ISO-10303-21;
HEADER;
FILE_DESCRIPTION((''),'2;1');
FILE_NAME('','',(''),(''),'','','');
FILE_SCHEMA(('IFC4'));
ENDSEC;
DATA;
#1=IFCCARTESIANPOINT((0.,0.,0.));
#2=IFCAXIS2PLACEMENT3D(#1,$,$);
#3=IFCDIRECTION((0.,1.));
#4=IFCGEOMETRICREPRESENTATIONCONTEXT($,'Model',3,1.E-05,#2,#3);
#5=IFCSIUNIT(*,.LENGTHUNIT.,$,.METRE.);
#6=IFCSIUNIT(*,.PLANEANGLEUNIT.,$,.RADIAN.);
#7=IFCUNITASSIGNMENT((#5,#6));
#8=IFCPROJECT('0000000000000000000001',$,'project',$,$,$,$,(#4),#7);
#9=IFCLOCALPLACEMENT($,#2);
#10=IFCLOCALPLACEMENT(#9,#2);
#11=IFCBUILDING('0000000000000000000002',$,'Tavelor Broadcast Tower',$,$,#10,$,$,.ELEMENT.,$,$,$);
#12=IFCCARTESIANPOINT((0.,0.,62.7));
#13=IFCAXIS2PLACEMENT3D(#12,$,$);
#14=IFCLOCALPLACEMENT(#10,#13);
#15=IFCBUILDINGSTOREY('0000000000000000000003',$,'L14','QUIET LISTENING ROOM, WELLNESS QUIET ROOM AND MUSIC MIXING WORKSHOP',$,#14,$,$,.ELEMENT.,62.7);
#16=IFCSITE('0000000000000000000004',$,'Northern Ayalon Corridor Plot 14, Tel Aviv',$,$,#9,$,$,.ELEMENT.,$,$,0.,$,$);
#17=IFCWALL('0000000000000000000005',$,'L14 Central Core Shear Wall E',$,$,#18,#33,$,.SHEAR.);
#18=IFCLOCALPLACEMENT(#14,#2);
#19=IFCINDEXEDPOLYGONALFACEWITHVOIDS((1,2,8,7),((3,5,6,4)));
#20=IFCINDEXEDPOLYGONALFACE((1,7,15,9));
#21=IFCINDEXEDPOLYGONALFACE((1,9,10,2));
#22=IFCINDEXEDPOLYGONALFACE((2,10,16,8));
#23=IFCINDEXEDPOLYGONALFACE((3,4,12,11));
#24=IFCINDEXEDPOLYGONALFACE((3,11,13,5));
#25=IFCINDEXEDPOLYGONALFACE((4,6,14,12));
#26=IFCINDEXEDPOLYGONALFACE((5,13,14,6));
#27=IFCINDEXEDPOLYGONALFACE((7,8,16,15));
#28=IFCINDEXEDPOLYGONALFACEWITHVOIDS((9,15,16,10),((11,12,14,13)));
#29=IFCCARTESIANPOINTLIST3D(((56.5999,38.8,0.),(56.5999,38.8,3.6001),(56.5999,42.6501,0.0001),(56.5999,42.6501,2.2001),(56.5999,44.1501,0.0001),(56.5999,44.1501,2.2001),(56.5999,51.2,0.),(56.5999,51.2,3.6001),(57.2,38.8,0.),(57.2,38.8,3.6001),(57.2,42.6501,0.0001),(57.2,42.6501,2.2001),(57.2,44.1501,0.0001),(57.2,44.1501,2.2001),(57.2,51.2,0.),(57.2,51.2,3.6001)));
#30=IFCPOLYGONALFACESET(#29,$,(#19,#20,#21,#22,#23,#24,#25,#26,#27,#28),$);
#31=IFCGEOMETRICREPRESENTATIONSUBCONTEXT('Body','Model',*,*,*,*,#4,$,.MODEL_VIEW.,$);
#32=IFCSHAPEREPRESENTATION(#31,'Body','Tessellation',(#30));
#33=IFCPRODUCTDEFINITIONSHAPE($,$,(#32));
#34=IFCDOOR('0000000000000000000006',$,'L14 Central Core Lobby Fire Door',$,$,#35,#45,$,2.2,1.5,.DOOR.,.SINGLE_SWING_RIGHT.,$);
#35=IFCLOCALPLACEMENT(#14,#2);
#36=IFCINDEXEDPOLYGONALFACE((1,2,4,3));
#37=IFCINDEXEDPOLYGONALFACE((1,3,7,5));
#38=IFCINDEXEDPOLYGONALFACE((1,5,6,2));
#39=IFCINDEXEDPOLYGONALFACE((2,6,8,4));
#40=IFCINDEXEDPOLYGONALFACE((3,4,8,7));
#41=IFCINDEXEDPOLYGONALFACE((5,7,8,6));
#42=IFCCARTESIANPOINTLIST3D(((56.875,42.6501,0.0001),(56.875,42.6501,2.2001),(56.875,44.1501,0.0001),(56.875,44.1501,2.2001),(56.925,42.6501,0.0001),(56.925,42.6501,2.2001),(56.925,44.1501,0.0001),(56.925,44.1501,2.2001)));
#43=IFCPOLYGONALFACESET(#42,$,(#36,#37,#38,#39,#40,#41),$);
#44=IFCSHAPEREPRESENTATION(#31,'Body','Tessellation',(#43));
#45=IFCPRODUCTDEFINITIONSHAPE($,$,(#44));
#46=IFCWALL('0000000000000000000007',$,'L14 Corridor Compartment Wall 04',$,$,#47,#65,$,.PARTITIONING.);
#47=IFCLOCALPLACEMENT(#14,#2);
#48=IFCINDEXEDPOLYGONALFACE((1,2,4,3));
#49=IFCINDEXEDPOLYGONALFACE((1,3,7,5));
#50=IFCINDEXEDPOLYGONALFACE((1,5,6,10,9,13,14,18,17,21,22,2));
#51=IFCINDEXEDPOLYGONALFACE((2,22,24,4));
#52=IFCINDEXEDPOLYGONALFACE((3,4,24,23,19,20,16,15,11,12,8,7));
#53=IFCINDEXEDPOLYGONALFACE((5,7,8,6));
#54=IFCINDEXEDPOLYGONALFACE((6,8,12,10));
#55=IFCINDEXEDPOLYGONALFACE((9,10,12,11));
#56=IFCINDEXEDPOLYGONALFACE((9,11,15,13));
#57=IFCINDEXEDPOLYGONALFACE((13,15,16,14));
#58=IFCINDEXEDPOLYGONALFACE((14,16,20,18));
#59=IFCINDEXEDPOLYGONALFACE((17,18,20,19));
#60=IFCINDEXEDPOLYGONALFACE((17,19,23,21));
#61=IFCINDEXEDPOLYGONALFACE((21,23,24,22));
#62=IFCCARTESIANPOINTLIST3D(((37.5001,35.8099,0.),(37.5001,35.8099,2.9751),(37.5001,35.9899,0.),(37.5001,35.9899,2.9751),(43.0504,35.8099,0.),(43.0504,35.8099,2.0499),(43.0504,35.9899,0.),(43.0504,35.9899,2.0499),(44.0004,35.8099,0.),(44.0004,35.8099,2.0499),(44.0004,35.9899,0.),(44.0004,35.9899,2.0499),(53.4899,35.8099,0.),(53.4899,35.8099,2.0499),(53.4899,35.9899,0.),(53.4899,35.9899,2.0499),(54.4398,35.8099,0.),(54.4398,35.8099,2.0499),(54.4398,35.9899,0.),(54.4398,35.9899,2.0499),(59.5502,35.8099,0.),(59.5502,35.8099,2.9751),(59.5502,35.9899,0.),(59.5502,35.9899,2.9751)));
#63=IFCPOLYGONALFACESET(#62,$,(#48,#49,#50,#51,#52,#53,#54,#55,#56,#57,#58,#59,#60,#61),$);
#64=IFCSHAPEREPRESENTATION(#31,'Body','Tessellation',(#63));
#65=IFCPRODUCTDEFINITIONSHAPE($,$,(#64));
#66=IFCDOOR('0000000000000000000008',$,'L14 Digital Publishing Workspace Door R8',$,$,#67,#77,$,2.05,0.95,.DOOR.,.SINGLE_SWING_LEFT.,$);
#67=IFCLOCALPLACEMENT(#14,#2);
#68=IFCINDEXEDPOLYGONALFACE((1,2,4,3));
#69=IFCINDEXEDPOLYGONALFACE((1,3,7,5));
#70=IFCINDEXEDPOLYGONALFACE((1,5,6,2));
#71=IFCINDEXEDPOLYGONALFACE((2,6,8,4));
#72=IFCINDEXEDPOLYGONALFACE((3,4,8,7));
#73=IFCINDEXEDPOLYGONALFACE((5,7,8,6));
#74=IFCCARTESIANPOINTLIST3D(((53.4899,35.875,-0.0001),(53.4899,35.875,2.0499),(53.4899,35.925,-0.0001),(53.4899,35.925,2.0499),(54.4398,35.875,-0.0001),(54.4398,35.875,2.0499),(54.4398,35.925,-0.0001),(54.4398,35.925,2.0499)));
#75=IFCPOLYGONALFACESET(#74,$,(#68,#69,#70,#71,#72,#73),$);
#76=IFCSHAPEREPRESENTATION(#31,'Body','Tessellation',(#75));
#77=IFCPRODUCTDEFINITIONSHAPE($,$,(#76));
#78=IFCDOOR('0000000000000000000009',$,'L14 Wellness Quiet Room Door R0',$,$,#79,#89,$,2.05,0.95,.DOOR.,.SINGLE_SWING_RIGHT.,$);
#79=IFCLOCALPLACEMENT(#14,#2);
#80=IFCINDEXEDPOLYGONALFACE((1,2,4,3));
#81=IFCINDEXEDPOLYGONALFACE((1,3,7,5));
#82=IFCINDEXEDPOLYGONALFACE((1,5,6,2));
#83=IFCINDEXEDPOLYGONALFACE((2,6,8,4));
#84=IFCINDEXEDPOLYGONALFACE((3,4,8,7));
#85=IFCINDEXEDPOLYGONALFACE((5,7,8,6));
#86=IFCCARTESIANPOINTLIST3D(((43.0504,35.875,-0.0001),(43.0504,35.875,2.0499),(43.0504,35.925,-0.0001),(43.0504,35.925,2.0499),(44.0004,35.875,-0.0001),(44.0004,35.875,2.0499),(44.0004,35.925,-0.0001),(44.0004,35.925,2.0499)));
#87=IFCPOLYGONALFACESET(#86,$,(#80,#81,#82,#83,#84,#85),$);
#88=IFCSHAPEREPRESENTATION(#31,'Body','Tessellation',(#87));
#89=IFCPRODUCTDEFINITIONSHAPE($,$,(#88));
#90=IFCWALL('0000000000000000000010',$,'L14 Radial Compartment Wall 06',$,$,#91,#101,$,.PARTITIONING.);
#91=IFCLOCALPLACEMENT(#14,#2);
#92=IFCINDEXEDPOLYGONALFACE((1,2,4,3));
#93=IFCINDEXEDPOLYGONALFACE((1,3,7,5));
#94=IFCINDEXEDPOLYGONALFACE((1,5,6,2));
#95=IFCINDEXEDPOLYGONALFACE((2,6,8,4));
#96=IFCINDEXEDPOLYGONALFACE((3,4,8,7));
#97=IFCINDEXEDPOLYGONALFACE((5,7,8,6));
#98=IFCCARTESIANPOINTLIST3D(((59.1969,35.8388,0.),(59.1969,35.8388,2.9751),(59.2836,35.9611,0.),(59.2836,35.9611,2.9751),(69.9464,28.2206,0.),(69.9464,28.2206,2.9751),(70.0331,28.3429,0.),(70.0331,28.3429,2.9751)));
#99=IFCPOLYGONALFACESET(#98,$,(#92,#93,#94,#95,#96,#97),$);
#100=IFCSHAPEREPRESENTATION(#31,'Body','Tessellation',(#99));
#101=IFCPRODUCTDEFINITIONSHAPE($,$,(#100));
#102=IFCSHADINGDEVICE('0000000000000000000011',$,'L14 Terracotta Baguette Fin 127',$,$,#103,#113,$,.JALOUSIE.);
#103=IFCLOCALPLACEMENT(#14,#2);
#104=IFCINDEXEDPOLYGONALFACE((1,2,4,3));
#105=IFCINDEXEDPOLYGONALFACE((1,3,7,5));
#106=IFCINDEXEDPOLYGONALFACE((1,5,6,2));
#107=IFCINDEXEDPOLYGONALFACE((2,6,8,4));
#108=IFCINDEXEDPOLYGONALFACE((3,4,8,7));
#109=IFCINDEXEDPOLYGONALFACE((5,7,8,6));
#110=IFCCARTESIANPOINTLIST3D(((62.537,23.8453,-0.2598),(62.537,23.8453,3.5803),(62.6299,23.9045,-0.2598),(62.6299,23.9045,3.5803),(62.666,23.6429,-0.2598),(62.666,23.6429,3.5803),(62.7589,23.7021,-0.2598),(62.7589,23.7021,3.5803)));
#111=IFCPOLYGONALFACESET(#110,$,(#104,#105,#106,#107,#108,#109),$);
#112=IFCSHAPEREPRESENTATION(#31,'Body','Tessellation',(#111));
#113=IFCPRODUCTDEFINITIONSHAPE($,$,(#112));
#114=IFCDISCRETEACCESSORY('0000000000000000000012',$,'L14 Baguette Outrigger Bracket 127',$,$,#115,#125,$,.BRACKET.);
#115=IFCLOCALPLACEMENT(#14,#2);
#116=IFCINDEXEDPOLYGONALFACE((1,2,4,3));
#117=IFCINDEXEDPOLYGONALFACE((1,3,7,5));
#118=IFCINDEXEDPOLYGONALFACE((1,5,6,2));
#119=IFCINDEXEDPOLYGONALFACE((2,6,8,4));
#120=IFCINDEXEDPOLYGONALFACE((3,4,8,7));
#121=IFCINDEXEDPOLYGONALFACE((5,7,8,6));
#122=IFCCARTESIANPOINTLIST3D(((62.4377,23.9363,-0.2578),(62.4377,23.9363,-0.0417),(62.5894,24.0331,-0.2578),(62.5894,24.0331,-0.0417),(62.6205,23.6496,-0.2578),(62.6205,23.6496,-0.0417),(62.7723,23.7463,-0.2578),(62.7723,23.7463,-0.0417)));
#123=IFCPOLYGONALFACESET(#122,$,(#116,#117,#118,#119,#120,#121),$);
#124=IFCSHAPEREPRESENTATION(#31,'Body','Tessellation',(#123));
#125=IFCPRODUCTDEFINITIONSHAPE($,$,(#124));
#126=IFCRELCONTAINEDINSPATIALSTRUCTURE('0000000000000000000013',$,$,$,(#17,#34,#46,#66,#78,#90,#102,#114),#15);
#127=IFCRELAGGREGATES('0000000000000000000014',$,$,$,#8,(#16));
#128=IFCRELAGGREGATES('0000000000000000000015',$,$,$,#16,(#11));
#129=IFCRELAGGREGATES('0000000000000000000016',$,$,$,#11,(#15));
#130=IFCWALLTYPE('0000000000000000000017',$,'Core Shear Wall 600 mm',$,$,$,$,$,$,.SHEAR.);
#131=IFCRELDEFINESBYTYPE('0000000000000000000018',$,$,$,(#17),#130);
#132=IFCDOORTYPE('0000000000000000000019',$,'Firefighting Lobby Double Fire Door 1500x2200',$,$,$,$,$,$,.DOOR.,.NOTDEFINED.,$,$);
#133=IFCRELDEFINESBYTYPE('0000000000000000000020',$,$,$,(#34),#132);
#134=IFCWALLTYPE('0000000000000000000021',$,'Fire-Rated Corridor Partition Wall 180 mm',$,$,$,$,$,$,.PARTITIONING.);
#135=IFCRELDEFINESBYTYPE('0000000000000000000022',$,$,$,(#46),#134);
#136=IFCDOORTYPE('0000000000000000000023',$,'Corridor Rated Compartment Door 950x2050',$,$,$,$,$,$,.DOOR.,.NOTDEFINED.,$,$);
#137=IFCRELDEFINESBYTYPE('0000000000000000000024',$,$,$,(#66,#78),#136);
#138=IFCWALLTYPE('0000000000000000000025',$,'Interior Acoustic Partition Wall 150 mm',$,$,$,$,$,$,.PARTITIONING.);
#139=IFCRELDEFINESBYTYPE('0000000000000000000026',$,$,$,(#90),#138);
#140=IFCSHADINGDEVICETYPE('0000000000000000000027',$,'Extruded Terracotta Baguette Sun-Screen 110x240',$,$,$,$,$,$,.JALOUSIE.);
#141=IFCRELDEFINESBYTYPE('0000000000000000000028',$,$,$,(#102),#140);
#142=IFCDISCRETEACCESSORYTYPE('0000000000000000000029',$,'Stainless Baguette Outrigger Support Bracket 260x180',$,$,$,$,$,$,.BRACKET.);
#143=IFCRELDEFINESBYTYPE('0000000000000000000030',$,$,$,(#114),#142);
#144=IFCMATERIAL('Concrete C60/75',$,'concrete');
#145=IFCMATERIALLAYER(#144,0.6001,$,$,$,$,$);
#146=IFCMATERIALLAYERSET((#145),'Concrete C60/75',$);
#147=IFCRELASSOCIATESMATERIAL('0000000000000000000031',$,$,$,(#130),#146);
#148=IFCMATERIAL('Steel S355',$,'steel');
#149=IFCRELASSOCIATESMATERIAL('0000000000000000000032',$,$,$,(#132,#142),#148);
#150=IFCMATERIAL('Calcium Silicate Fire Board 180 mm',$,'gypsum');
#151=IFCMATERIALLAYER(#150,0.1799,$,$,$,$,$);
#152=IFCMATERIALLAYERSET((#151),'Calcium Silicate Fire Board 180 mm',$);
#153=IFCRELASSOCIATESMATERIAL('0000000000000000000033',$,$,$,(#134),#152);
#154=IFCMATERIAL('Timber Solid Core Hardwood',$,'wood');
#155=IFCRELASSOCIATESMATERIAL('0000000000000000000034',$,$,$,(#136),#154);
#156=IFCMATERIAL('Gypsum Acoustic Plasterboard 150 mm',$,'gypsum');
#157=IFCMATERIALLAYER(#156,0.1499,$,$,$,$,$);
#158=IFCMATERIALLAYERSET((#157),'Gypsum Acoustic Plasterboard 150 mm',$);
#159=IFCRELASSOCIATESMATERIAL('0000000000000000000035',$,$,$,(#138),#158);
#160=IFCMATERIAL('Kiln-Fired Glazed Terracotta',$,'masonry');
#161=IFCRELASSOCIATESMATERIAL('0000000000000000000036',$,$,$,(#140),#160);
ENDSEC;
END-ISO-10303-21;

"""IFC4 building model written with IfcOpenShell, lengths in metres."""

from ifc_helpers import new_model, si_unit, direction, frame, frame_2d, origin, origin_2d, place, context, subcontext, project, spatial, rectangle, extrude, source, transform, mapped, material, layer, layer_set, type_object, type_shapes, element, fill, save


model = new_model("IFC4")

# Units and contexts
model_context = context("Model", 3, precision=1e-05, world=origin(), true_north=direction((0.0, 1.0)))
body_context = subcontext(model_context, "Body", "Model", "MODEL_VIEW")
ifc_project = project(units=[si_unit("LENGTHUNIT", "METRE"), si_unit("PLANEANGLEUNIT", "RADIAN")], contexts=[model_context])

# Site, building, storey
site_placement = place(None, origin())
site = spatial("IfcSite", under=ifc_project, at=site_placement, Name="Northern Ayalon Corridor Plot 14, Tel Aviv", CompositionType="ELEMENT", RefElevation=0.0)
building_placement = place(site_placement, origin())
building = spatial("IfcBuilding", under=site, at=building_placement, Name="Tavelor Broadcast Tower", CompositionType="ELEMENT")
storey_placement = place(building_placement, frame((0.0, 0.0, 62.7)))
storey = spatial("IfcBuildingStorey", under=building, at=storey_placement, Name="L14", Description="QUIET LISTENING ROOM, WELLNESS QUIET ROOM AND MUSIC MIXING WORKSHOP", CompositionType="ELEMENT", Elevation=62.7)

# Shared definitions
ifc_material_1 = material(Name="Concrete C60/75", Category="concrete")

# Shared definitions
ifc_material_2 = material(Name="Steel S355", Category="steel")

# Wall, opening, door
ifc_layer_1 = layer(ifc_material_1, 0.6001)
ifc_layer_set_1 = layer_set([ifc_layer_1], Name="Concrete C60/75")
wall_type_1 = type_object("IfcWallType", Name="Core Shear Wall 600 mm", PredefinedType="SHEAR", material=ifc_layer_set_1)
wall_1_placement = place(storey_placement, frame((56.8999, 38.8, 0.0), z_axis=(0.0, 0.0, 1.0), x_axis=(0.0, 1.0, 0.0)))
wall_1 = element("IfcWall", 1, at=wall_1_placement, inside=storey, type_object=wall_type_1, Name="L14 Central Core Shear Wall E", PredefinedType="SHEAR", context=body_context, shape_type="SweptSolid", body=[
    extrude(rectangle(XDim=12.3999, YDim=0.6001, at=frame_2d((6.2, 0.0))), origin(), (0.0, 0.0, 1.0), 3.6001),
])
opening_1_placement = place(wall_1_placement, frame((3.8501, 0.0, 0.0)))
opening_1 = element("IfcOpeningElement", 2, at=opening_1_placement, cuts=wall_1, PredefinedType="OPENING", context=body_context, shape_type="SweptSolid", body=[
    extrude(rectangle(XDim=1.5, YDim=2.2, at=frame_2d((0.75, 1.1001))), frame((0.0, 0.3101, 0.0), z_axis=(0.0, -1.0, 0.0), x_axis=(1.0, 0.0, 0.0)), (0.0, 0.0, 1.0), 0.6201),
])
door_type_1 = type_object("IfcDoorType", Name="Firefighting Lobby Double Fire Door 1500x2200", OperationType="NOTDEFINED", PredefinedType="DOOR", material=ifc_material_2)
door_1_placement = place(opening_1_placement, origin())
door_1 = element("IfcDoor", 3, at=door_1_placement, inside=storey, type_object=door_type_1, Name="L14 Central Core Lobby Fire Door", OperationType="SINGLE_SWING_RIGHT", OverallHeight=2.2, OverallWidth=1.5, PredefinedType="DOOR", context=body_context, shape_type="SweptSolid", body=[
    extrude(rectangle(XDim=1.5, YDim=2.2, at=frame_2d((0.75, 1.1001))), frame((0.0, 0.0249, 0.0), z_axis=(0.0, -1.0, 0.0), x_axis=(1.0, 0.0, 0.0)), (0.0, 0.0, 1.0), 0.05),
])
fill(opening_1, door_1)

# Wall, openings, doors
ifc_material_3 = material(Name="Calcium Silicate Fire Board 180 mm", Category="gypsum")
ifc_layer_2 = layer(ifc_material_3, 0.1799)
ifc_layer_set_2 = layer_set([ifc_layer_2], Name="Calcium Silicate Fire Board 180 mm")
wall_type_2 = type_object("IfcWallType", Name="Fire-Rated Corridor Partition Wall 180 mm", PredefinedType="PARTITIONING", material=ifc_layer_set_2)
wall_2_placement = place(storey_placement, frame((59.55, 35.8999, 0.0), z_axis=(0.0, 0.0, 1.0), x_axis=(-1.0, 0.0, 0.0)))
wall_2 = element("IfcWall", 4, at=wall_2_placement, inside=storey, type_object=wall_type_2, Name="L14 Corridor Compartment Wall 04", PredefinedType="PARTITIONING", context=body_context, shape_type="SweptSolid", body=[
    extrude(rectangle(XDim=22.05, YDim=0.1799, at=frame_2d((11.0249, 0.0))), origin(), (0.0, 0.0, 1.0), 2.9751),
])
opening_2_placement = place(wall_2_placement, frame((5.1101, 0.0, 0.0)))
opening_2 = element("IfcOpeningElement", 5, at=opening_2_placement, cuts=wall_2, PredefinedType="OPENING", context=body_context, shape_type="SweptSolid", body=[
    extrude(rectangle(XDim=0.95, YDim=2.05, at=frame_2d((0.4751, 1.0249))), frame((0.0, 0.1001, 0.0), z_axis=(0.0, -1.0, 0.0), x_axis=(1.0, 0.0, 0.0)), (0.0, 0.0, 1.0), 0.2),
])
opening_3_placement = place(wall_2_placement, frame((15.5496, 0.0, 0.0)))
opening_3 = element("IfcOpeningElement", 6, at=opening_3_placement, cuts=wall_2, PredefinedType="OPENING", context=body_context, shape_type="SweptSolid", body=[
    extrude(rectangle(XDim=0.95, YDim=2.05, at=frame_2d((0.4751, 1.0249))), frame((0.0, 0.1001, 0.0), z_axis=(0.0, -1.0, 0.0), x_axis=(1.0, 0.0, 0.0)), (0.0, 0.0, 1.0), 0.2),
])
ifc_material_4 = material(Name="Timber Solid Core Hardwood", Category="wood")
door_type_2 = type_object("IfcDoorType", Name="Corridor Rated Compartment Door 950x2050", OperationType="NOTDEFINED", PredefinedType="DOOR", material=ifc_material_4)
door_2_placement = place(opening_2_placement, origin())
door_2 = element("IfcDoor", 7, at=door_2_placement, inside=storey, type_object=door_type_2, Name="L14 Digital Publishing Workspace Door R8", OperationType="SINGLE_SWING_LEFT", OverallHeight=2.05, OverallWidth=0.95, PredefinedType="DOOR", context=body_context, shape_type="SweptSolid", body=[
    extrude(rectangle(XDim=0.95, YDim=2.05, at=frame_2d((0.4751, 1.0249))), frame((0.0, 0.0249, 0.0), z_axis=(0.0, -1.0, 0.0), x_axis=(1.0, 0.0, 0.0)), (0.0, 0.0, 1.0), 0.05),
])
fill(opening_2, door_2)
door_3_placement = place(opening_3_placement, origin())
door_3 = element("IfcDoor", 8, at=door_3_placement, inside=storey, type_object=door_type_2, Name="L14 Wellness Quiet Room Door R0", OperationType="SINGLE_SWING_RIGHT", OverallHeight=2.05, OverallWidth=0.95, PredefinedType="DOOR", context=body_context, shape_type="SweptSolid", body=[
    extrude(rectangle(XDim=0.95, YDim=2.05, at=frame_2d((0.4751, 1.0249))), frame((0.0, 0.0249, 0.0), z_axis=(0.0, -1.0, 0.0), x_axis=(1.0, 0.0, 0.0)), (0.0, 0.0, 1.0), 0.05),
])
fill(opening_3, door_3)

# Wall
ifc_material_5 = material(Name="Gypsum Acoustic Plasterboard 150 mm", Category="gypsum")
ifc_layer_3 = layer(ifc_material_5, 0.1499)
ifc_layer_set_3 = layer_set([ifc_layer_3], Name="Gypsum Acoustic Plasterboard 150 mm")
wall_type_3 = type_object("IfcWallType", Name="Interior Acoustic Partition Wall 150 mm", PredefinedType="PARTITIONING", material=ifc_layer_set_3)
wall_3_placement = place(storey_placement, frame((59.2402, 35.8999, 0.0), z_axis=(0.0, 0.0, 1.0), x_axis=(0.815884, -0.578216, 0.0)))
element("IfcWall", 9, at=wall_3_placement, inside=storey, type_object=wall_type_3, Name="L14 Radial Compartment Wall 06", PredefinedType="PARTITIONING", context=body_context, shape_type="SweptSolid", body=[
    extrude(rectangle(XDim=13.1753, YDim=0.1499, at=frame_2d((6.5876, 0.0))), origin(), (0.0, 0.0, 1.0), 2.9751),
])

# Shading device
ifc_material_6 = material(Name="Kiln-Fired Glazed Terracotta", Category="masonry")
shading_device_type = type_object("IfcShadingDeviceType", Name="Extruded Terracotta Baguette Sun-Screen 110x240", PredefinedType="JALOUSIE", material=ifc_material_6)
shared_shape_1 = source(origin(), body_context, "Body", "SweptSolid", [
    extrude(rectangle(XDim=0.1101, YDim=0.24, at=origin_2d()), origin(), (0.0, 0.0, 1.0), 3.8401),
])
type_shapes(shading_device_type, [shared_shape_1])
shading_device_placement = place(storey_placement, frame((62.6479, 23.7737, -0.2598), z_axis=(0.0, 0.0, 1.0), x_axis=(0.843204, 0.537594, 0.0)))
element("IfcShadingDevice", 10, at=shading_device_placement, inside=storey, type_object=shading_device_type, Name="L14 Terracotta Baguette Fin 127", PredefinedType="JALOUSIE", context=body_context, shape_type="MappedRepresentation", body=[
    mapped(shared_shape_1, transform((0.0, 0.0, 0.0), scale=1.0)),
])

# Discrete accessory
discrete_accessory_type = type_object("IfcDiscreteAccessoryType", Name="Stainless Baguette Outrigger Support Bracket 260x180", PredefinedType="BRACKET", material=ifc_material_2)
shared_shape_2 = source(origin(), body_context, "Body", "SweptSolid", [
    extrude(rectangle(XDim=0.1799, YDim=0.3401, at=origin_2d()), origin(), (0.0, 0.0, 1.0), 0.2161),
])
type_shapes(discrete_accessory_type, [shared_shape_2])
discrete_accessory_placement = place(storey_placement, frame((62.605, 23.8413, -0.2578), z_axis=(0.0, 0.0, 1.0), x_axis=(0.843204, 0.537594, 0.0)))
element("IfcDiscreteAccessory", 11, at=discrete_accessory_placement, inside=storey, type_object=discrete_accessory_type, Name="L14 Baguette Outrigger Bracket 127", PredefinedType="BRACKET", context=body_context, shape_type="MappedRepresentation", body=[
    mapped(shared_shape_2, transform((0.0, 0.0, 0.0), scale=1.0)),
])

save(model, "model.ifc")
